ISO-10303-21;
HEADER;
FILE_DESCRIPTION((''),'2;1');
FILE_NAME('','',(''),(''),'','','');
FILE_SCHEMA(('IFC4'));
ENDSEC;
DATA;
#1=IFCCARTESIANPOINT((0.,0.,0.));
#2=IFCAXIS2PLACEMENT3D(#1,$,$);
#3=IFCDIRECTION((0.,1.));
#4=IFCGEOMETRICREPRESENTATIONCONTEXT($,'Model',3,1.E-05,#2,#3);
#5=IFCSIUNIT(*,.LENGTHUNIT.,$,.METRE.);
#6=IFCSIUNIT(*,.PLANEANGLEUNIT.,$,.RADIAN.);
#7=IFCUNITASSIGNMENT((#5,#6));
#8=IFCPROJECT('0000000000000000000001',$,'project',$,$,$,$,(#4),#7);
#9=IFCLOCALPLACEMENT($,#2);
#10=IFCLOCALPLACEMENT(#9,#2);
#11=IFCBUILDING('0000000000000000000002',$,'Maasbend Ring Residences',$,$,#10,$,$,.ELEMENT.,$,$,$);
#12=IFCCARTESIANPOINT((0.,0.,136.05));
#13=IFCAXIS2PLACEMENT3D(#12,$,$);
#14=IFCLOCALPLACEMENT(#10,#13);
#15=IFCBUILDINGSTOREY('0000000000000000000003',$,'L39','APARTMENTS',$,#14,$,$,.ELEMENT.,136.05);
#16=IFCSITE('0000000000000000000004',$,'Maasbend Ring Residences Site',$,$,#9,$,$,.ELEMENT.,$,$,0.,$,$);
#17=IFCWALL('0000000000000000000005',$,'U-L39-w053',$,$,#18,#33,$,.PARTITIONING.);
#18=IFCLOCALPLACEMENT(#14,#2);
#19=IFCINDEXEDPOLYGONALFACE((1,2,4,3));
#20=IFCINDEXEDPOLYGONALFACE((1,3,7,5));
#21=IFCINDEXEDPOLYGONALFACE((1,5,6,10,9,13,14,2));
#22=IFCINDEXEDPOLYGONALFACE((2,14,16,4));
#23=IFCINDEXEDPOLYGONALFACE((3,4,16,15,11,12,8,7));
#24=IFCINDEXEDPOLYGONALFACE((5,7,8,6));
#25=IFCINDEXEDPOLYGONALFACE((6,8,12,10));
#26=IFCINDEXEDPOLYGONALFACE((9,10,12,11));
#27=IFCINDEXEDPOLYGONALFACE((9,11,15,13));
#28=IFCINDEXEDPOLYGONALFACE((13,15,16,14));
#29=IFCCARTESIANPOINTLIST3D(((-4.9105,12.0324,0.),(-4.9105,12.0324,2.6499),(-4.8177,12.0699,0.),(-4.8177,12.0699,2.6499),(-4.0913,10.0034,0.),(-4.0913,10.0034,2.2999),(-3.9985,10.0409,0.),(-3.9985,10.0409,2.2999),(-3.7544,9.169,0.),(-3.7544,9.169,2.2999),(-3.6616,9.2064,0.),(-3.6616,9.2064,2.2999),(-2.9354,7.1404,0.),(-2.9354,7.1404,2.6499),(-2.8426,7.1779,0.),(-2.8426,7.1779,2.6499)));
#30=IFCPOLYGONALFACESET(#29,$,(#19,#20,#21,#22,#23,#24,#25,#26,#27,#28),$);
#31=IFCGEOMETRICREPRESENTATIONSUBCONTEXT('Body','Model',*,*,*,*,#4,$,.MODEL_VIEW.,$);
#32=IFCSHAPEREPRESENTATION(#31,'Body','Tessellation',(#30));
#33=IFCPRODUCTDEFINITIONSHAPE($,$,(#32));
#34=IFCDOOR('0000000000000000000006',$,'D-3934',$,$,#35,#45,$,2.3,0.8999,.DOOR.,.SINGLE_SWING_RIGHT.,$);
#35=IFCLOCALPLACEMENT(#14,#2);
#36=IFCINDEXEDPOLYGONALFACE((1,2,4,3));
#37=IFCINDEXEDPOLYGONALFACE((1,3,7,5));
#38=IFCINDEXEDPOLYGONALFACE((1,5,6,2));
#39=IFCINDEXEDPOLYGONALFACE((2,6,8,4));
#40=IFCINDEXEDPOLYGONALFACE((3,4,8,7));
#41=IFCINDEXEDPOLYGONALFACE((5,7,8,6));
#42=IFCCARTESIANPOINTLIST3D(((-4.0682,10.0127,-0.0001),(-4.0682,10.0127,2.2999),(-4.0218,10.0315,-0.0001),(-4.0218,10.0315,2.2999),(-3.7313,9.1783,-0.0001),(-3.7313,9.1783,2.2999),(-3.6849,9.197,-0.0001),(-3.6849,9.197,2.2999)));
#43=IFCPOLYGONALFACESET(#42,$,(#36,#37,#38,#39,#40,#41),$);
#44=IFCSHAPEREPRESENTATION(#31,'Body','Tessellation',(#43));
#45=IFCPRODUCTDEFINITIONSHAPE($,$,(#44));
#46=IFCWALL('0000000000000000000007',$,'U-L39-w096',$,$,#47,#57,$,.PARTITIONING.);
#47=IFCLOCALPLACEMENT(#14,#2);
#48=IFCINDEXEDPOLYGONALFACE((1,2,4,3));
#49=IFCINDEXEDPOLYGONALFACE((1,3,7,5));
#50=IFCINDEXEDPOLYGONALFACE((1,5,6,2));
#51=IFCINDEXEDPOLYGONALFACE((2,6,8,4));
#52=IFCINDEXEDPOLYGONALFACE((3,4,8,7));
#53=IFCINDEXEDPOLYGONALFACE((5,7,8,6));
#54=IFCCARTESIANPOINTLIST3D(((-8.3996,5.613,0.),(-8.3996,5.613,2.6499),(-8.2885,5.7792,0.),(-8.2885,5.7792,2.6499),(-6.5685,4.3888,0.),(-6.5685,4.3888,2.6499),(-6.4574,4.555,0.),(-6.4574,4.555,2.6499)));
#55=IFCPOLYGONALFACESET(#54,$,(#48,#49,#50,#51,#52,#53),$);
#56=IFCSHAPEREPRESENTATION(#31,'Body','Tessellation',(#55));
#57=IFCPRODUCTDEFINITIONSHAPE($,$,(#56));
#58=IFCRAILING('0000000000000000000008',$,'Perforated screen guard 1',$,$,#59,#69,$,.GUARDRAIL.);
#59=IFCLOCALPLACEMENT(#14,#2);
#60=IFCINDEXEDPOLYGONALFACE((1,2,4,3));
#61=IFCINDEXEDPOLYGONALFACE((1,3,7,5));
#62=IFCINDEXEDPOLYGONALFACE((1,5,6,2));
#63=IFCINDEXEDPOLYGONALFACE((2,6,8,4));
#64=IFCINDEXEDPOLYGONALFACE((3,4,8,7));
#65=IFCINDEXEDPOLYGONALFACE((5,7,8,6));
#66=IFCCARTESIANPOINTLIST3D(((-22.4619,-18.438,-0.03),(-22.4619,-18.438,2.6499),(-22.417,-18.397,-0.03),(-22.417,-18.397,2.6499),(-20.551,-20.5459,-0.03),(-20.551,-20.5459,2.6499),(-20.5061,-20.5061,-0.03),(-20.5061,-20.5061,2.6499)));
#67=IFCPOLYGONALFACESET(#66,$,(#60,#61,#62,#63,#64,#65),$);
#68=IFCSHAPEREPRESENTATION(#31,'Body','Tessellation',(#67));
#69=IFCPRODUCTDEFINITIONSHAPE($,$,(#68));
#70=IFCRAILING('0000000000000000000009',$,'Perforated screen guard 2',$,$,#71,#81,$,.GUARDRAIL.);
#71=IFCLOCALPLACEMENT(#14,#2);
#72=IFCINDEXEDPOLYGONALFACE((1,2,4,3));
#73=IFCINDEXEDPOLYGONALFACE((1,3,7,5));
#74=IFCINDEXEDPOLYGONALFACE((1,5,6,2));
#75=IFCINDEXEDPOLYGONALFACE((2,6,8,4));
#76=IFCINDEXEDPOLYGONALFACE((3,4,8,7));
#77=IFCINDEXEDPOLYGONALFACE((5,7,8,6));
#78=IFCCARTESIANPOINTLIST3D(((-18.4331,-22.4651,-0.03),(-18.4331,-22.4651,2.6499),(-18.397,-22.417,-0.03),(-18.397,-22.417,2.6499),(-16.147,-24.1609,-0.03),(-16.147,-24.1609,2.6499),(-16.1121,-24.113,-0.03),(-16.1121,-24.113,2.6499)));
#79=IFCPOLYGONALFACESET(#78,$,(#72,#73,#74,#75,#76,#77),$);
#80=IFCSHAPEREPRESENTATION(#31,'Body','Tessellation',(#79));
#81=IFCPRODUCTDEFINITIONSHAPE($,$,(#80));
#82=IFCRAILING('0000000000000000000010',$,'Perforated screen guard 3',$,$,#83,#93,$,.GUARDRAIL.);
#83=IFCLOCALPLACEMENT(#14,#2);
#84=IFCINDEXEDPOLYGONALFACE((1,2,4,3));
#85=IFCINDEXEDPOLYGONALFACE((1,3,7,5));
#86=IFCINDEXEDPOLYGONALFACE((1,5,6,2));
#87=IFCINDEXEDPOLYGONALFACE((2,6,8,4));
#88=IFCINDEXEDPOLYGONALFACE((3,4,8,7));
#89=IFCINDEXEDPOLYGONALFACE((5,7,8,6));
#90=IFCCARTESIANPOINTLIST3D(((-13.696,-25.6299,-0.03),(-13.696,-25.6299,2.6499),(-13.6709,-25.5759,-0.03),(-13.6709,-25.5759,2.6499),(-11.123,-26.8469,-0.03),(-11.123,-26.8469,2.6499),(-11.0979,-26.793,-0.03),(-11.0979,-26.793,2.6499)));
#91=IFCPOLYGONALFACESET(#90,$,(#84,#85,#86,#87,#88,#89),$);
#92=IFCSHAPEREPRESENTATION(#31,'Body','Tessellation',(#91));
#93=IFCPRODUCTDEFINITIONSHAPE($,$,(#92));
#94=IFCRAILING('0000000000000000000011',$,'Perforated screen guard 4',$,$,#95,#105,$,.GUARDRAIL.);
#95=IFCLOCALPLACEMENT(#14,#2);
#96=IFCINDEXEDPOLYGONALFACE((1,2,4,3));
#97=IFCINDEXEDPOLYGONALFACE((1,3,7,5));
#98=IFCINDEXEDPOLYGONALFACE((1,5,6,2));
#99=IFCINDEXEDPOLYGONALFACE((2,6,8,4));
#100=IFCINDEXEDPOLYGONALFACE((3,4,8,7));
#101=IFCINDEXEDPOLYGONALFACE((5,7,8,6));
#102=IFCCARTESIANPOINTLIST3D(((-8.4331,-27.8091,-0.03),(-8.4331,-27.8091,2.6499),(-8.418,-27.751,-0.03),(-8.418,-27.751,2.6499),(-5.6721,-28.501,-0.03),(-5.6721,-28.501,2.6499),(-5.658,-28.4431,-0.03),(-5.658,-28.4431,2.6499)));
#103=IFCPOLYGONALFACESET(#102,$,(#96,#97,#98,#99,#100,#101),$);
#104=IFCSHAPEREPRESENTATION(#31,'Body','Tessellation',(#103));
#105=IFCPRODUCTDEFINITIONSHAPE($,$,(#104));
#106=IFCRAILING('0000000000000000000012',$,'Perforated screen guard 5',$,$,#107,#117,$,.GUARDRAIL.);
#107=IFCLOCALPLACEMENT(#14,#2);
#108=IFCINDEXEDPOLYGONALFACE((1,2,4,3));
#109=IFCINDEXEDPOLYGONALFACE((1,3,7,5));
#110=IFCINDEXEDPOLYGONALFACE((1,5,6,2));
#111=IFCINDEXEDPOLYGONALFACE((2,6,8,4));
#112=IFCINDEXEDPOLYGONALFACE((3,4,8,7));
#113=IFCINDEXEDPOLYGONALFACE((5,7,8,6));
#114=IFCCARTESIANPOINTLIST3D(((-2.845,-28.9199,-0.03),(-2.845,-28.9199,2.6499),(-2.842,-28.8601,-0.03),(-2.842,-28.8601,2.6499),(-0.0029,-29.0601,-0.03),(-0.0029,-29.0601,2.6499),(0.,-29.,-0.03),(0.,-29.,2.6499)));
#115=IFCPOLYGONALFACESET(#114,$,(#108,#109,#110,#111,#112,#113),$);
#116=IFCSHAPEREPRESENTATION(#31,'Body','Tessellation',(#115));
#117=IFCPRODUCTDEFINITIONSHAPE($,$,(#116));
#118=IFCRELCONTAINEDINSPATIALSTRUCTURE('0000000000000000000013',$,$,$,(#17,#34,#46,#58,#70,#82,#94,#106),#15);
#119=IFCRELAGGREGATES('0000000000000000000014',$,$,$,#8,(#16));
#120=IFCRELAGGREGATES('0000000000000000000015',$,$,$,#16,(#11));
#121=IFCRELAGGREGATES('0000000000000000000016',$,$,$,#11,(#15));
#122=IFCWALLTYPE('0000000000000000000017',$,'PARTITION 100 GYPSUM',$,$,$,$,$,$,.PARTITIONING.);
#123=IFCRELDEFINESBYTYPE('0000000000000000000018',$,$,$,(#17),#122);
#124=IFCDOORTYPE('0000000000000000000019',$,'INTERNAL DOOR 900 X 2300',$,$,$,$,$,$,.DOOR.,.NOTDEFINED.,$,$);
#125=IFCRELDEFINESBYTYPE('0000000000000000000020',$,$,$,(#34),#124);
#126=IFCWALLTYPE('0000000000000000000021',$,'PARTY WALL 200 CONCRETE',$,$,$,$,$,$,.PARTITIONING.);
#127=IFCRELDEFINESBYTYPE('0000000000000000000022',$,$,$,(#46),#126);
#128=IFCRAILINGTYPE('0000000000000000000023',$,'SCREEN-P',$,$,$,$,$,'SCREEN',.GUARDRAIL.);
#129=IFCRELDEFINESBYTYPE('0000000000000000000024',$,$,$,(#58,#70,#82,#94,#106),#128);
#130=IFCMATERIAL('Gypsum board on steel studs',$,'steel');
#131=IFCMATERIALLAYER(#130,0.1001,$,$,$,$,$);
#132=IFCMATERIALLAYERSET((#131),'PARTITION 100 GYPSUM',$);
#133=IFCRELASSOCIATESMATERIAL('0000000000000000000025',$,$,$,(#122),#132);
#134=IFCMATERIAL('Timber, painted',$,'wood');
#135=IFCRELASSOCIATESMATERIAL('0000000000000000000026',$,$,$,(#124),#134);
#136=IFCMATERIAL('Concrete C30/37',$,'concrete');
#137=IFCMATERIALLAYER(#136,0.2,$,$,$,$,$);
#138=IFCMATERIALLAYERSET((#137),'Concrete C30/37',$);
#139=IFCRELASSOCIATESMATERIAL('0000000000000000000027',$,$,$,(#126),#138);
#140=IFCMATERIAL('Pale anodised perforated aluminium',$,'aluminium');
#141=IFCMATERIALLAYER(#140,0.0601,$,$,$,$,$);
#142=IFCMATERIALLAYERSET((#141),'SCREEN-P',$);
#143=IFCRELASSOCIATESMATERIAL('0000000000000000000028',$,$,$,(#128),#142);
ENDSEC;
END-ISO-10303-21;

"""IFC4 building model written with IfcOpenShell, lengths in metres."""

from ifc_helpers import new_model, si_unit, direction, frame, frame_2d, origin, place, context, subcontext, project, spatial, polyline, rectangle, outline, extrude, material, layer, layer_set, type_object, element, fill, save


model = new_model("IFC4")

# Units and contexts
model_context = context("Model", 3, precision=1e-05, world=origin(), true_north=direction((0.0, 1.0)))
body_context = subcontext(model_context, "Body", "Model", "MODEL_VIEW")
ifc_project = project(units=[si_unit("LENGTHUNIT", "METRE"), si_unit("PLANEANGLEUNIT", "RADIAN")], contexts=[model_context])

# Site, building, storey
site_placement = place(None, origin())
site = spatial("IfcSite", under=ifc_project, at=site_placement, Name="Maasbend Ring Residences Site", CompositionType="ELEMENT", RefElevation=0.0)
building_placement = place(site_placement, origin())
building = spatial("IfcBuilding", under=site, at=building_placement, Name="Maasbend Ring Residences", CompositionType="ELEMENT")
storey_placement = place(building_placement, frame((0.0, 0.0, 136.05)))
storey = spatial("IfcBuildingStorey", under=building, at=storey_placement, Name="L39", Description="APARTMENTS", CompositionType="ELEMENT", Elevation=136.05)

# Wall, opening, door
ifc_material_1 = material(Name="Gypsum board on steel studs", Category="steel")
ifc_layer_1 = layer(ifc_material_1, 0.1001)
ifc_layer_set_1 = layer_set([ifc_layer_1], Name="PARTITION 100 GYPSUM")
wall_type_1 = type_object("IfcWallType", Name="PARTITION 100 GYPSUM", PredefinedType="PARTITIONING", material=ifc_layer_set_1)
wall_1_placement = place(storey_placement, frame((-4.864, 12.051, 0.0), z_axis=(0.0, 0.0, 1.0), x_axis=(0.374373, -0.927278, 0.0)))
wall_1 = element("IfcWall", 1, at=wall_1_placement, inside=storey, type_object=wall_type_1, Name="U-L39-w053", PredefinedType="PARTITIONING", context=body_context, shape_type="SweptSolid", body=[
    extrude(rectangle(XDim=5.2756, YDim=0.1001, at=frame_2d((2.6377, 0.0))), origin(), (0.0, 0.0, 1.0), 2.6499),
])
opening_placement = place(wall_1_placement, frame((2.188, 0.0, 0.0)))
opening = element("IfcOpeningElement", 2, at=opening_placement, cuts=wall_1, PredefinedType="OPENING", context=body_context, shape_type="SweptSolid", body=[
    extrude(rectangle(XDim=0.8999, YDim=2.3, at=frame_2d((0.45, 1.1499))), frame((0.0, 0.0601, 0.0), z_axis=(0.0, -1.0, 0.0), x_axis=(1.0, 0.0, 0.0)), (0.0, 0.0, 1.0), 0.1201),
])
ifc_material_2 = material(Name="Timber, painted", Category="wood")
door_type = type_object("IfcDoorType", Name="INTERNAL DOOR 900 X 2300", OperationType="NOTDEFINED", PredefinedType="DOOR", material=ifc_material_2)
door_placement = place(opening_placement, origin())
door = element("IfcDoor", 3, at=door_placement, inside=storey, type_object=door_type, Name="D-3934", OperationType="SINGLE_SWING_RIGHT", OverallHeight=2.3, OverallWidth=0.8999, PredefinedType="DOOR", context=body_context, shape_type="SweptSolid", body=[
    extrude(rectangle(XDim=0.8999, YDim=2.3, at=frame_2d((0.45, 1.1499))), frame((0.0, 0.0249, 0.0), z_axis=(0.0, -1.0, 0.0), x_axis=(1.0, 0.0, 0.0)), (0.0, 0.0, 1.0), 0.05),
])
fill(opening, door)

# Wall
ifc_material_3 = material(Name="Concrete C30/37", Category="concrete")
ifc_layer_2 = layer(ifc_material_3, 0.2)
ifc_layer_set_2 = layer_set([ifc_layer_2], Name="Concrete C30/37")
wall_type_2 = type_object("IfcWallType", Name="PARTY WALL 200 CONCRETE", PredefinedType="PARTITIONING", material=ifc_layer_set_2)
wall_2_placement = place(storey_placement, frame((-6.5129, 4.4719, 0.0), z_axis=(0.0, 0.0, 1.0), x_axis=(-0.831333, 0.555774, 0.0)))
element("IfcWall", 4, at=wall_2_placement, inside=storey, type_object=wall_type_2, Name="U-L39-w096", PredefinedType="PARTITIONING", context=body_context, shape_type="SweptSolid", body=[
    extrude(rectangle(XDim=2.2026, YDim=0.2, at=frame_2d((1.1013, 0.0))), origin(), (0.0, 0.0, 1.0), 2.6499),
])

# Railings
ifc_material_4 = material(Name="Pale anodised perforated aluminium", Category="aluminium")
ifc_layer_3 = layer(ifc_material_4, 0.0601)
ifc_layer_set_3 = layer_set([ifc_layer_3], Name="SCREEN-P")
railing_type = type_object("IfcRailingType", Name="SCREEN-P", ElementType="SCREEN", PredefinedType="GUARDRAIL", material=ifc_layer_set_3)
railing_1_placement = place(storey_placement, frame((0.0, 0.0, -0.03)))
element("IfcRailing", 5, at=railing_1_placement, inside=storey, type_object=railing_type, Name="Perforated screen guard 1", PredefinedType="GUARDRAIL", context=body_context, shape_type="SweptSolid", body=[
    extrude(outline(polyline([(-22.417, -18.397), (-20.5061, -20.5061), (-20.551, -20.5459), (-22.4619, -18.438), (-22.417, -18.397)])), origin(), (0.0, 0.0, 1.0), 2.6799),
])
railing_2_placement = place(storey_placement, frame((0.0, 0.0, -0.03)))
element("IfcRailing", 6, at=railing_2_placement, inside=storey, type_object=railing_type, Name="Perforated screen guard 2", PredefinedType="GUARDRAIL", context=body_context, shape_type="SweptSolid", body=[
    extrude(outline(polyline([(-18.397, -22.417), (-16.1121, -24.113), (-16.147, -24.1609), (-18.4331, -22.4651), (-18.397, -22.417)])), origin(), (0.0, 0.0, 1.0), 2.6799),
])
railing_3_placement = place(storey_placement, frame((0.0, 0.0, -0.03)))
element("IfcRailing", 7, at=railing_3_placement, inside=storey, type_object=railing_type, Name="Perforated screen guard 3", PredefinedType="GUARDRAIL", context=body_context, shape_type="SweptSolid", body=[
    extrude(outline(polyline([(-13.6709, -25.5759), (-11.0979, -26.793), (-11.123, -26.8469), (-13.696, -25.6299), (-13.6709, -25.5759)])), origin(), (0.0, 0.0, 1.0), 2.6799),
])
railing_4_placement = place(storey_placement, frame((0.0, 0.0, -0.03)))
element("IfcRailing", 8, at=railing_4_placement, inside=storey, type_object=railing_type, Name="Perforated screen guard 4", PredefinedType="GUARDRAIL", context=body_context, shape_type="SweptSolid", body=[
    extrude(outline(polyline([(-8.418, -27.751), (-5.658, -28.4431), (-5.6721, -28.501), (-8.4331, -27.8091), (-8.418, -27.751)])), origin(), (0.0, 0.0, 1.0), 2.6799),
])
railing_5_placement = place(storey_placement, frame((0.0, 0.0, -0.03)))
element("IfcRailing", 9, at=railing_5_placement, inside=storey, type_object=railing_type, Name="Perforated screen guard 5", PredefinedType="GUARDRAIL", context=body_context, shape_type="SweptSolid", body=[
    extrude(outline(polyline([(-2.842, -28.8601), (0.0, -29.0), (-0.0029, -29.0601), (-2.845, -28.9199), (-2.842, -28.8601)])), origin(), (0.0, 0.0, 1.0), 2.6799),
])

save(model, "model.ifc")
